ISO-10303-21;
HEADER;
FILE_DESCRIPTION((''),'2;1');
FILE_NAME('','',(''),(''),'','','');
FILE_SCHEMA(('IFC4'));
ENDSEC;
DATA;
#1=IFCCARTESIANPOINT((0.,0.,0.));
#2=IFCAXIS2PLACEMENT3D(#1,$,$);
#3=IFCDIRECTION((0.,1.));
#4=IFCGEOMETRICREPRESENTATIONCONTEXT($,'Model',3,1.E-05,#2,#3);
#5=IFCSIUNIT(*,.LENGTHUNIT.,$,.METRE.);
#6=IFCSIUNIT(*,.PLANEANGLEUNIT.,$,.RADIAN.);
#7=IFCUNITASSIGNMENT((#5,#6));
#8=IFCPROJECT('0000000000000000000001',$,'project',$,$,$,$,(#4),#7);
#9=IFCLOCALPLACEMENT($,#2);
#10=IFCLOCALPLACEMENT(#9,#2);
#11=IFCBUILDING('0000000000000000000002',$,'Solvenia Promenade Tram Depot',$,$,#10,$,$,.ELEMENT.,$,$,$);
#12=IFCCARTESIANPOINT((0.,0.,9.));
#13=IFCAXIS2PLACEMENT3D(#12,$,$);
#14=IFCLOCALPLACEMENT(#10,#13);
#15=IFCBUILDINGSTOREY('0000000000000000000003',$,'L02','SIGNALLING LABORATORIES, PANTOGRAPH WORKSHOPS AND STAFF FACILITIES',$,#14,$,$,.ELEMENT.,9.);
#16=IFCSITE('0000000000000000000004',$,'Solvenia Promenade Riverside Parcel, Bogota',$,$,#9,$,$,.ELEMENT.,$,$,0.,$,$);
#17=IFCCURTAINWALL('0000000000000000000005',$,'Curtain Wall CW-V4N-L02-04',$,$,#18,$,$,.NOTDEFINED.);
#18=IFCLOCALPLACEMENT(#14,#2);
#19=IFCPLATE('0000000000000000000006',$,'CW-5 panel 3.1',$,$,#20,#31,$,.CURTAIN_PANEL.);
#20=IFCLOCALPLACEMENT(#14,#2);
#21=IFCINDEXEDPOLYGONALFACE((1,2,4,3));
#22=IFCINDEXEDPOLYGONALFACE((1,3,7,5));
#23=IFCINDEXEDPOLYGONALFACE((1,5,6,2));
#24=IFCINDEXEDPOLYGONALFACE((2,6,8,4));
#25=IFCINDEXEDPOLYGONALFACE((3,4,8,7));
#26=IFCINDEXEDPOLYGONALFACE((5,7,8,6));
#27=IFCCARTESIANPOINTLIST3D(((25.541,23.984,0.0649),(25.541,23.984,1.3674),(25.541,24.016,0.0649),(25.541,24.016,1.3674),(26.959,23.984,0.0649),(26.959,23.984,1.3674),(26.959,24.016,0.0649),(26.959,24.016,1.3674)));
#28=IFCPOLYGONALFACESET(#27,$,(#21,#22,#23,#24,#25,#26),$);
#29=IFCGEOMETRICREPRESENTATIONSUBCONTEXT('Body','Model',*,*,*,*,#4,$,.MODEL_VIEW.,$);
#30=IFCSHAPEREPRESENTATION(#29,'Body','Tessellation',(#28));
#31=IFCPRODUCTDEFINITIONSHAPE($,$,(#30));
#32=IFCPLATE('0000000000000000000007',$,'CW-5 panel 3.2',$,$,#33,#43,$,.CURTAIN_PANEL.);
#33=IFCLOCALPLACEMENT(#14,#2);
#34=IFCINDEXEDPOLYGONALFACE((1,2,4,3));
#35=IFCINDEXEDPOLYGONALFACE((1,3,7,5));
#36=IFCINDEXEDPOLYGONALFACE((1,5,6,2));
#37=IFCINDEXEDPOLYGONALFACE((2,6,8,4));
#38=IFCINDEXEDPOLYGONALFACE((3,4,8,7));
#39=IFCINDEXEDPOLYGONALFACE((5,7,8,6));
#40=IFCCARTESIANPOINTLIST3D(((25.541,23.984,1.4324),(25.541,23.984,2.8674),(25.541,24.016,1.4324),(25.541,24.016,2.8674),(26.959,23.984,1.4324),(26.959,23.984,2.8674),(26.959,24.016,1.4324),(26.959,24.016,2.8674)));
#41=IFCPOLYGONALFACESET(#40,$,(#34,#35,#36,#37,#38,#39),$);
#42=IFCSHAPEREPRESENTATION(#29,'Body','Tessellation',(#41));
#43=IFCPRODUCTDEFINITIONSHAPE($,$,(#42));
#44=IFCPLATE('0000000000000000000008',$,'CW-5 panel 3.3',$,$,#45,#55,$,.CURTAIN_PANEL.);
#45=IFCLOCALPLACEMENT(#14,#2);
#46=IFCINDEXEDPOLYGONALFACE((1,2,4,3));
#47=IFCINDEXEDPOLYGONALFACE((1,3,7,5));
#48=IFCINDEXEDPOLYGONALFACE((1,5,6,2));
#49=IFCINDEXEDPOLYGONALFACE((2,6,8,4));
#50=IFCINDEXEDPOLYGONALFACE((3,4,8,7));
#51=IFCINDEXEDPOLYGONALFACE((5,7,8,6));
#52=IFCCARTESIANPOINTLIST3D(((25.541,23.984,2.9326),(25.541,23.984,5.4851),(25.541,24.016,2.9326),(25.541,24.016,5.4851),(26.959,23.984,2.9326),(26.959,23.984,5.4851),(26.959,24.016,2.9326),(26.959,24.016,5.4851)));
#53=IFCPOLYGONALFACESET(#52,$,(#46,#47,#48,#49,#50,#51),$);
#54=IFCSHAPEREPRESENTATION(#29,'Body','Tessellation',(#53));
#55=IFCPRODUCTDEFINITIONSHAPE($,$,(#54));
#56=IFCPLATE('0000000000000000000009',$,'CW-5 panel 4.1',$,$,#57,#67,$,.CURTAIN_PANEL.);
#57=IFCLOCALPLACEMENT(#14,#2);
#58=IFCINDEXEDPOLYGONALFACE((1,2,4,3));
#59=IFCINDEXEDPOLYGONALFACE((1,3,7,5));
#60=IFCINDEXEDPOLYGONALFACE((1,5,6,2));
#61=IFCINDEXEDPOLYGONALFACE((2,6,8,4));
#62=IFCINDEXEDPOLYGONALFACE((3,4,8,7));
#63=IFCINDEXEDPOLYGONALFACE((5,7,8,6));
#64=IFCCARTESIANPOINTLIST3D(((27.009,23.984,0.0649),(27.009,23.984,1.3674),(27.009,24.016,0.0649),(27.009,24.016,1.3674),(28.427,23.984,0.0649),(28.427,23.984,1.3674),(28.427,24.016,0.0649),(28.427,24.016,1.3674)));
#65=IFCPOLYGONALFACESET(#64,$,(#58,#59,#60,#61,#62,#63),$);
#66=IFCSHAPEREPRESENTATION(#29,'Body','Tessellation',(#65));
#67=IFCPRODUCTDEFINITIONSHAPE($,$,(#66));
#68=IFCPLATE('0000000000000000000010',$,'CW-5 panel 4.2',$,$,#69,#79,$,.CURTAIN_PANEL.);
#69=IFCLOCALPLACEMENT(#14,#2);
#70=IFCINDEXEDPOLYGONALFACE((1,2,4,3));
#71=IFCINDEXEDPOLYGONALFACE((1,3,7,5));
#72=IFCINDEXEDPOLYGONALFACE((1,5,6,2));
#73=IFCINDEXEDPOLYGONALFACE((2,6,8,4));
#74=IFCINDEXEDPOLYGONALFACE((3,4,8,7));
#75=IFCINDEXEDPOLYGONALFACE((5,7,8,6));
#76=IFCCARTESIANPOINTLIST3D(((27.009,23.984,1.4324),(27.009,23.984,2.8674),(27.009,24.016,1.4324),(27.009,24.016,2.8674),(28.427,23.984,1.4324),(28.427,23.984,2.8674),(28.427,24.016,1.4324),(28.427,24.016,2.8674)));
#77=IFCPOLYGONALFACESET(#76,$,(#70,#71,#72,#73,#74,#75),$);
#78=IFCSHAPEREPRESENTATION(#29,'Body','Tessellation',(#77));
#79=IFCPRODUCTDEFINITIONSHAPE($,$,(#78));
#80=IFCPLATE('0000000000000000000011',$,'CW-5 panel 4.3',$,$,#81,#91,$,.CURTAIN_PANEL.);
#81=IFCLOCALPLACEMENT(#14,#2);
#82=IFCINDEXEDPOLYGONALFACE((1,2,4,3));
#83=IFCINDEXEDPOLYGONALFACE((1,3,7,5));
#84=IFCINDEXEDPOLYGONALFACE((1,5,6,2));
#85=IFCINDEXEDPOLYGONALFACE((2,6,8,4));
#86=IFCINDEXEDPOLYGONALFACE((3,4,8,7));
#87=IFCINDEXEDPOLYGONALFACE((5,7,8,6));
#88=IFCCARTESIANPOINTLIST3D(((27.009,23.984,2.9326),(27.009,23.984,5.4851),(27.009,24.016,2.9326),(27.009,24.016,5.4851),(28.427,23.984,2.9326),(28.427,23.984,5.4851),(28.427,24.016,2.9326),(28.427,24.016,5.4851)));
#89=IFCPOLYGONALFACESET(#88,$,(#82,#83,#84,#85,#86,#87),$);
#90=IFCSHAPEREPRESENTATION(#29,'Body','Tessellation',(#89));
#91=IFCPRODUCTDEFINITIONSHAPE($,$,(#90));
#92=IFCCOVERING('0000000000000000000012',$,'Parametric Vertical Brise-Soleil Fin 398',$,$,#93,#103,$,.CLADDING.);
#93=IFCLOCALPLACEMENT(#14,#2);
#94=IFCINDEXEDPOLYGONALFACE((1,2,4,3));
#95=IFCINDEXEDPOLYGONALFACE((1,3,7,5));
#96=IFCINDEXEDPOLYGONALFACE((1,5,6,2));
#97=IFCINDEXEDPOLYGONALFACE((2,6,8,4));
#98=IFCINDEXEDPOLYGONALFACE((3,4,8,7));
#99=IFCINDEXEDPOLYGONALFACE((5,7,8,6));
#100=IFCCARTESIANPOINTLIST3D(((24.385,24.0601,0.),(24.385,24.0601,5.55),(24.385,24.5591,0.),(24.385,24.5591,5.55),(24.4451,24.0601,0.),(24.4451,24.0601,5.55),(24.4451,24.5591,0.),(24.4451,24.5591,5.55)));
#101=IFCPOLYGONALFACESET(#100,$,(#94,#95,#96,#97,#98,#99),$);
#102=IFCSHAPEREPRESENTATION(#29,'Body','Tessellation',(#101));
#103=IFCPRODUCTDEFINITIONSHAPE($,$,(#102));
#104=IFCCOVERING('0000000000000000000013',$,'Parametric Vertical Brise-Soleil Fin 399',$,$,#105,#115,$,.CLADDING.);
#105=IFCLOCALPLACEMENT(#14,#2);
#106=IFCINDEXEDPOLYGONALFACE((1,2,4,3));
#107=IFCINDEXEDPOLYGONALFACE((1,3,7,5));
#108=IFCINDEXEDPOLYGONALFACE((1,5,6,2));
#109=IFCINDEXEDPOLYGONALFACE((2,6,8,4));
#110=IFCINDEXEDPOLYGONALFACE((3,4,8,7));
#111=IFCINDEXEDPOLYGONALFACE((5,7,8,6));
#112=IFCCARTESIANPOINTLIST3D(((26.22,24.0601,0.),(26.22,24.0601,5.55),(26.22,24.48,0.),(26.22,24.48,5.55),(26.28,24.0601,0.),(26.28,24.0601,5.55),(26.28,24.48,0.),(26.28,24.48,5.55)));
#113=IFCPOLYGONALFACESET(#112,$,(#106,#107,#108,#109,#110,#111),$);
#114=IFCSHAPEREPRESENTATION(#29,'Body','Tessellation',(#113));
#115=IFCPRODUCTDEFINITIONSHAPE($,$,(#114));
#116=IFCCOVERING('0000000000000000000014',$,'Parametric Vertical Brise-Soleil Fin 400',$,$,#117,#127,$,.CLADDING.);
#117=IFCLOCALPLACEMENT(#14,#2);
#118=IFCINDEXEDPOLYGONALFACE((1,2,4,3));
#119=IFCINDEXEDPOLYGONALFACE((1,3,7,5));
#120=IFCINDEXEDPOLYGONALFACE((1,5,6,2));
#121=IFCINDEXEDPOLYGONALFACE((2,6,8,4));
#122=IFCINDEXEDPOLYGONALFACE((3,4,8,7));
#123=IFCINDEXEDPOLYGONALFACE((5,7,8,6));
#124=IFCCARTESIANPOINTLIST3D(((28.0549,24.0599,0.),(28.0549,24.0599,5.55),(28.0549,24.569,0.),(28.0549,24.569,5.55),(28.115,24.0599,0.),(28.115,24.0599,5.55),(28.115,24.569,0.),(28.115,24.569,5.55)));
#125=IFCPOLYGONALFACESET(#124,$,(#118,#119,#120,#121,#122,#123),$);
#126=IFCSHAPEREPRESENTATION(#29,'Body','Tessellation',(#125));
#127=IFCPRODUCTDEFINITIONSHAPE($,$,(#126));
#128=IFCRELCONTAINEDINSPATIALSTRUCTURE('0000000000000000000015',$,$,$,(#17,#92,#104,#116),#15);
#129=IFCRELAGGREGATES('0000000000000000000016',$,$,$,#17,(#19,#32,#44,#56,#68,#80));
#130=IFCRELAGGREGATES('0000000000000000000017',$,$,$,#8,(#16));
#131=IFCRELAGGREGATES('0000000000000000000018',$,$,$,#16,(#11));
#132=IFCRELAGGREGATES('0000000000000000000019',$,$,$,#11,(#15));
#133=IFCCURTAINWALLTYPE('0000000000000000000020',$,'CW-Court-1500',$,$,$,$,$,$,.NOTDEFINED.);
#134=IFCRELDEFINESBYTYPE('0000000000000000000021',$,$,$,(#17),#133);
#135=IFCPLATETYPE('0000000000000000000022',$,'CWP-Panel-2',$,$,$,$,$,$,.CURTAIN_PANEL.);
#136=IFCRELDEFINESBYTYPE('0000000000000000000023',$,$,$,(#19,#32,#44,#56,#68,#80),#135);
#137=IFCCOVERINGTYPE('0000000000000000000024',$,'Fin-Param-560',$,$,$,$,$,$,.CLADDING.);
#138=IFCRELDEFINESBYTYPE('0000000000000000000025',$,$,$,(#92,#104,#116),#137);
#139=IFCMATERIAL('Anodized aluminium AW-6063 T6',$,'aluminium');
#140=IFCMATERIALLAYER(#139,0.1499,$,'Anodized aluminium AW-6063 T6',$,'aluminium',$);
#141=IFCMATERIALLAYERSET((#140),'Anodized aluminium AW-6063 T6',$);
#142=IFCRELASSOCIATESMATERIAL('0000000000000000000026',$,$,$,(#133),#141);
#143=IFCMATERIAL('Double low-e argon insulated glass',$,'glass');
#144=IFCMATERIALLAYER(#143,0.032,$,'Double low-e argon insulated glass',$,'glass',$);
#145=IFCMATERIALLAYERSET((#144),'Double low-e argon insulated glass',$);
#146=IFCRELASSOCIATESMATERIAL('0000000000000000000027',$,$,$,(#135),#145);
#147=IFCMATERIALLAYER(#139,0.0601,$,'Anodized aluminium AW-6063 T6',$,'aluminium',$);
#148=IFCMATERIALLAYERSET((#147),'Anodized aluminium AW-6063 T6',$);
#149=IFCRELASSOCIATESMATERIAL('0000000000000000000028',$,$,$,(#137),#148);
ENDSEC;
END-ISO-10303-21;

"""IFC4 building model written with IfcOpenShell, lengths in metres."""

from ifc_helpers import new_model, si_unit, direction, frame, origin, origin_2d, place, context, subcontext, project, spatial, rectangle, extrude, material, layer, layer_set, type_object, element, aggregate, save


model = new_model("IFC4")

# Units and contexts
model_context = context("Model", 3, precision=1e-05, world=origin(), true_north=direction((0.0, 1.0)))
body_context = subcontext(model_context, "Body", "Model", "MODEL_VIEW")
ifc_project = project(units=[si_unit("LENGTHUNIT", "METRE"), si_unit("PLANEANGLEUNIT", "RADIAN")], contexts=[model_context])

# Site, building, storey
site_placement = place(None, origin())
site = spatial("IfcSite", under=ifc_project, at=site_placement, Name="Solvenia Promenade Riverside Parcel, Bogota", CompositionType="ELEMENT", RefElevation=0.0)
building_placement = place(site_placement, origin())
building = spatial("IfcBuilding", under=site, at=building_placement, Name="Solvenia Promenade Tram Depot", CompositionType="ELEMENT")
storey_placement = place(building_placement, frame((0.0, 0.0, 9.0)))
storey = spatial("IfcBuildingStorey", under=building, at=storey_placement, Name="L02", Description="SIGNALLING LABORATORIES, PANTOGRAPH WORKSHOPS AND STAFF FACILITIES", CompositionType="ELEMENT", Elevation=9.0)

# Curtain wall, plates
ifc_material_1 = material(Name="Anodized aluminium AW-6063 T6", Category="aluminium")
ifc_layer_1 = layer(ifc_material_1, 0.1499, Name="Anodized aluminium AW-6063 T6", Category="aluminium")
ifc_layer_set_1 = layer_set([ifc_layer_1], Name="Anodized aluminium AW-6063 T6")
curtain_wall_type = type_object("IfcCurtainWallType", Name="CW-Court-1500", PredefinedType="NOTDEFINED", material=ifc_layer_set_1)
curtain_wall_placement = place(storey_placement, origin())
curtain_wall = element("IfcCurtainWall", 1, at=curtain_wall_placement, inside=storey, type_object=curtain_wall_type, Name="Curtain Wall CW-V4N-L02-04", PredefinedType="NOTDEFINED")
ifc_material_2 = material(Name="Double low-e argon insulated glass", Category="glass")
ifc_layer_2 = layer(ifc_material_2, 0.032, Name="Double low-e argon insulated glass", Category="glass")
ifc_layer_set_2 = layer_set([ifc_layer_2], Name="Double low-e argon insulated glass")
plate_type = type_object("IfcPlateType", Name="CWP-Panel-2", PredefinedType="CURTAIN_PANEL", material=ifc_layer_set_2)
plate_1_placement = place(storey_placement, frame((26.25, 24.0, 0.0649), z_axis=(0.0, 0.0, 1.0), x_axis=(1.0, 0.0, 0.0)))
plate_1 = element("IfcPlate", 2, at=plate_1_placement, type_object=plate_type, Name="CW-5 panel 3.1", PredefinedType="CURTAIN_PANEL", context=body_context, shape_type="SweptSolid", body=[
    extrude(rectangle(XDim=1.418, YDim=0.032, at=origin_2d()), origin(), (0.0, 0.0, 1.0), 1.3025),
])
plate_2_placement = place(storey_placement, frame((26.25, 24.0, 1.4324), z_axis=(0.0, 0.0, 1.0), x_axis=(1.0, 0.0, 0.0)))
plate_2 = element("IfcPlate", 3, at=plate_2_placement, type_object=plate_type, Name="CW-5 panel 3.2", PredefinedType="CURTAIN_PANEL", context=body_context, shape_type="SweptSolid", body=[
    extrude(rectangle(XDim=1.418, YDim=0.032, at=origin_2d()), origin(), (0.0, 0.0, 1.0), 1.4351),
])
plate_3_placement = place(storey_placement, frame((26.25, 24.0, 2.9326), z_axis=(0.0, 0.0, 1.0), x_axis=(1.0, 0.0, 0.0)))
plate_3 = element("IfcPlate", 4, at=plate_3_placement, type_object=plate_type, Name="CW-5 panel 3.3", PredefinedType="CURTAIN_PANEL", context=body_context, shape_type="SweptSolid", body=[
    extrude(rectangle(XDim=1.418, YDim=0.032, at=origin_2d()), origin(), (0.0, 0.0, 1.0), 2.5525),
])
plate_4_placement = place(storey_placement, frame((27.718, 24.0, 0.0649), z_axis=(0.0, 0.0, 1.0), x_axis=(1.0, 0.0, 0.0)))
plate_4 = element("IfcPlate", 5, at=plate_4_placement, type_object=plate_type, Name="CW-5 panel 4.1", PredefinedType="CURTAIN_PANEL", context=body_context, shape_type="SweptSolid", body=[
    extrude(rectangle(XDim=1.418, YDim=0.032, at=origin_2d()), origin(), (0.0, 0.0, 1.0), 1.3025),
])
plate_5_placement = place(storey_placement, frame((27.718, 24.0, 1.4324), z_axis=(0.0, 0.0, 1.0), x_axis=(1.0, 0.0, 0.0)))
plate_5 = element("IfcPlate", 6, at=plate_5_placement, type_object=plate_type, Name="CW-5 panel 4.2", PredefinedType="CURTAIN_PANEL", context=body_context, shape_type="SweptSolid", body=[
    extrude(rectangle(XDim=1.418, YDim=0.032, at=origin_2d()), origin(), (0.0, 0.0, 1.0), 1.4351),
])
plate_6_placement = place(storey_placement, frame((27.718, 24.0, 2.9326), z_axis=(0.0, 0.0, 1.0), x_axis=(1.0, 0.0, 0.0)))
plate_6 = element("IfcPlate", 7, at=plate_6_placement, type_object=plate_type, Name="CW-5 panel 4.3", PredefinedType="CURTAIN_PANEL", context=body_context, shape_type="SweptSolid", body=[
    extrude(rectangle(XDim=1.418, YDim=0.032, at=origin_2d()), origin(), (0.0, 0.0, 1.0), 2.5525),
])
aggregate(curtain_wall, [plate_1, plate_2, plate_3, plate_4, plate_5, plate_6])

# Coverings
ifc_layer_3 = layer(ifc_material_1, 0.0601, Name="Anodized aluminium AW-6063 T6", Category="aluminium")
ifc_layer_set_3 = layer_set([ifc_layer_3], Name="Anodized aluminium AW-6063 T6")
covering_type = type_object("IfcCoveringType", Name="Fin-Param-560", PredefinedType="CLADDING", material=ifc_layer_set_3)
covering_1_placement = place(storey_placement, frame((24.415, 24.3096, 0.0), z_axis=(0.0, 0.0, 1.0), x_axis=(1.0, 0.0, 0.0)))
element("IfcCovering", 8, at=covering_1_placement, inside=storey, type_object=covering_type, Name="Parametric Vertical Brise-Soleil Fin 398", PredefinedType="CLADDING", context=body_context, shape_type="SweptSolid", body=[
    extrude(rectangle(XDim=0.0601, YDim=0.499, at=origin_2d()), origin(), (0.0, 0.0, 1.0), 5.55),
])
covering_2_placement = place(storey_placement, frame((26.25, 24.27, 0.0), z_axis=(0.0, 0.0, 1.0), x_axis=(1.0, 0.0, 0.0)))
element("IfcCovering", 9, at=covering_2_placement, inside=storey, type_object=covering_type, Name="Parametric Vertical Brise-Soleil Fin 399", PredefinedType="CLADDING", context=body_context, shape_type="SweptSolid", body=[
    extrude(rectangle(XDim=0.0601, YDim=0.4199, at=origin_2d()), origin(), (0.0, 0.0, 1.0), 5.55),
])
covering_3_placement = place(storey_placement, frame((28.085, 24.3145, 0.0), z_axis=(0.0, 0.0, 1.0), x_axis=(1.0, 0.0, 0.0)))
element("IfcCovering", 10, at=covering_3_placement, inside=storey, type_object=covering_type, Name="Parametric Vertical Brise-Soleil Fin 400", PredefinedType="CLADDING", context=body_context, shape_type="SweptSolid", body=[
    extrude(rectangle(XDim=0.0601, YDim=0.509, at=origin_2d()), origin(), (0.0, 0.0, 1.0), 5.55),
])

save(model, "model.ifc")
